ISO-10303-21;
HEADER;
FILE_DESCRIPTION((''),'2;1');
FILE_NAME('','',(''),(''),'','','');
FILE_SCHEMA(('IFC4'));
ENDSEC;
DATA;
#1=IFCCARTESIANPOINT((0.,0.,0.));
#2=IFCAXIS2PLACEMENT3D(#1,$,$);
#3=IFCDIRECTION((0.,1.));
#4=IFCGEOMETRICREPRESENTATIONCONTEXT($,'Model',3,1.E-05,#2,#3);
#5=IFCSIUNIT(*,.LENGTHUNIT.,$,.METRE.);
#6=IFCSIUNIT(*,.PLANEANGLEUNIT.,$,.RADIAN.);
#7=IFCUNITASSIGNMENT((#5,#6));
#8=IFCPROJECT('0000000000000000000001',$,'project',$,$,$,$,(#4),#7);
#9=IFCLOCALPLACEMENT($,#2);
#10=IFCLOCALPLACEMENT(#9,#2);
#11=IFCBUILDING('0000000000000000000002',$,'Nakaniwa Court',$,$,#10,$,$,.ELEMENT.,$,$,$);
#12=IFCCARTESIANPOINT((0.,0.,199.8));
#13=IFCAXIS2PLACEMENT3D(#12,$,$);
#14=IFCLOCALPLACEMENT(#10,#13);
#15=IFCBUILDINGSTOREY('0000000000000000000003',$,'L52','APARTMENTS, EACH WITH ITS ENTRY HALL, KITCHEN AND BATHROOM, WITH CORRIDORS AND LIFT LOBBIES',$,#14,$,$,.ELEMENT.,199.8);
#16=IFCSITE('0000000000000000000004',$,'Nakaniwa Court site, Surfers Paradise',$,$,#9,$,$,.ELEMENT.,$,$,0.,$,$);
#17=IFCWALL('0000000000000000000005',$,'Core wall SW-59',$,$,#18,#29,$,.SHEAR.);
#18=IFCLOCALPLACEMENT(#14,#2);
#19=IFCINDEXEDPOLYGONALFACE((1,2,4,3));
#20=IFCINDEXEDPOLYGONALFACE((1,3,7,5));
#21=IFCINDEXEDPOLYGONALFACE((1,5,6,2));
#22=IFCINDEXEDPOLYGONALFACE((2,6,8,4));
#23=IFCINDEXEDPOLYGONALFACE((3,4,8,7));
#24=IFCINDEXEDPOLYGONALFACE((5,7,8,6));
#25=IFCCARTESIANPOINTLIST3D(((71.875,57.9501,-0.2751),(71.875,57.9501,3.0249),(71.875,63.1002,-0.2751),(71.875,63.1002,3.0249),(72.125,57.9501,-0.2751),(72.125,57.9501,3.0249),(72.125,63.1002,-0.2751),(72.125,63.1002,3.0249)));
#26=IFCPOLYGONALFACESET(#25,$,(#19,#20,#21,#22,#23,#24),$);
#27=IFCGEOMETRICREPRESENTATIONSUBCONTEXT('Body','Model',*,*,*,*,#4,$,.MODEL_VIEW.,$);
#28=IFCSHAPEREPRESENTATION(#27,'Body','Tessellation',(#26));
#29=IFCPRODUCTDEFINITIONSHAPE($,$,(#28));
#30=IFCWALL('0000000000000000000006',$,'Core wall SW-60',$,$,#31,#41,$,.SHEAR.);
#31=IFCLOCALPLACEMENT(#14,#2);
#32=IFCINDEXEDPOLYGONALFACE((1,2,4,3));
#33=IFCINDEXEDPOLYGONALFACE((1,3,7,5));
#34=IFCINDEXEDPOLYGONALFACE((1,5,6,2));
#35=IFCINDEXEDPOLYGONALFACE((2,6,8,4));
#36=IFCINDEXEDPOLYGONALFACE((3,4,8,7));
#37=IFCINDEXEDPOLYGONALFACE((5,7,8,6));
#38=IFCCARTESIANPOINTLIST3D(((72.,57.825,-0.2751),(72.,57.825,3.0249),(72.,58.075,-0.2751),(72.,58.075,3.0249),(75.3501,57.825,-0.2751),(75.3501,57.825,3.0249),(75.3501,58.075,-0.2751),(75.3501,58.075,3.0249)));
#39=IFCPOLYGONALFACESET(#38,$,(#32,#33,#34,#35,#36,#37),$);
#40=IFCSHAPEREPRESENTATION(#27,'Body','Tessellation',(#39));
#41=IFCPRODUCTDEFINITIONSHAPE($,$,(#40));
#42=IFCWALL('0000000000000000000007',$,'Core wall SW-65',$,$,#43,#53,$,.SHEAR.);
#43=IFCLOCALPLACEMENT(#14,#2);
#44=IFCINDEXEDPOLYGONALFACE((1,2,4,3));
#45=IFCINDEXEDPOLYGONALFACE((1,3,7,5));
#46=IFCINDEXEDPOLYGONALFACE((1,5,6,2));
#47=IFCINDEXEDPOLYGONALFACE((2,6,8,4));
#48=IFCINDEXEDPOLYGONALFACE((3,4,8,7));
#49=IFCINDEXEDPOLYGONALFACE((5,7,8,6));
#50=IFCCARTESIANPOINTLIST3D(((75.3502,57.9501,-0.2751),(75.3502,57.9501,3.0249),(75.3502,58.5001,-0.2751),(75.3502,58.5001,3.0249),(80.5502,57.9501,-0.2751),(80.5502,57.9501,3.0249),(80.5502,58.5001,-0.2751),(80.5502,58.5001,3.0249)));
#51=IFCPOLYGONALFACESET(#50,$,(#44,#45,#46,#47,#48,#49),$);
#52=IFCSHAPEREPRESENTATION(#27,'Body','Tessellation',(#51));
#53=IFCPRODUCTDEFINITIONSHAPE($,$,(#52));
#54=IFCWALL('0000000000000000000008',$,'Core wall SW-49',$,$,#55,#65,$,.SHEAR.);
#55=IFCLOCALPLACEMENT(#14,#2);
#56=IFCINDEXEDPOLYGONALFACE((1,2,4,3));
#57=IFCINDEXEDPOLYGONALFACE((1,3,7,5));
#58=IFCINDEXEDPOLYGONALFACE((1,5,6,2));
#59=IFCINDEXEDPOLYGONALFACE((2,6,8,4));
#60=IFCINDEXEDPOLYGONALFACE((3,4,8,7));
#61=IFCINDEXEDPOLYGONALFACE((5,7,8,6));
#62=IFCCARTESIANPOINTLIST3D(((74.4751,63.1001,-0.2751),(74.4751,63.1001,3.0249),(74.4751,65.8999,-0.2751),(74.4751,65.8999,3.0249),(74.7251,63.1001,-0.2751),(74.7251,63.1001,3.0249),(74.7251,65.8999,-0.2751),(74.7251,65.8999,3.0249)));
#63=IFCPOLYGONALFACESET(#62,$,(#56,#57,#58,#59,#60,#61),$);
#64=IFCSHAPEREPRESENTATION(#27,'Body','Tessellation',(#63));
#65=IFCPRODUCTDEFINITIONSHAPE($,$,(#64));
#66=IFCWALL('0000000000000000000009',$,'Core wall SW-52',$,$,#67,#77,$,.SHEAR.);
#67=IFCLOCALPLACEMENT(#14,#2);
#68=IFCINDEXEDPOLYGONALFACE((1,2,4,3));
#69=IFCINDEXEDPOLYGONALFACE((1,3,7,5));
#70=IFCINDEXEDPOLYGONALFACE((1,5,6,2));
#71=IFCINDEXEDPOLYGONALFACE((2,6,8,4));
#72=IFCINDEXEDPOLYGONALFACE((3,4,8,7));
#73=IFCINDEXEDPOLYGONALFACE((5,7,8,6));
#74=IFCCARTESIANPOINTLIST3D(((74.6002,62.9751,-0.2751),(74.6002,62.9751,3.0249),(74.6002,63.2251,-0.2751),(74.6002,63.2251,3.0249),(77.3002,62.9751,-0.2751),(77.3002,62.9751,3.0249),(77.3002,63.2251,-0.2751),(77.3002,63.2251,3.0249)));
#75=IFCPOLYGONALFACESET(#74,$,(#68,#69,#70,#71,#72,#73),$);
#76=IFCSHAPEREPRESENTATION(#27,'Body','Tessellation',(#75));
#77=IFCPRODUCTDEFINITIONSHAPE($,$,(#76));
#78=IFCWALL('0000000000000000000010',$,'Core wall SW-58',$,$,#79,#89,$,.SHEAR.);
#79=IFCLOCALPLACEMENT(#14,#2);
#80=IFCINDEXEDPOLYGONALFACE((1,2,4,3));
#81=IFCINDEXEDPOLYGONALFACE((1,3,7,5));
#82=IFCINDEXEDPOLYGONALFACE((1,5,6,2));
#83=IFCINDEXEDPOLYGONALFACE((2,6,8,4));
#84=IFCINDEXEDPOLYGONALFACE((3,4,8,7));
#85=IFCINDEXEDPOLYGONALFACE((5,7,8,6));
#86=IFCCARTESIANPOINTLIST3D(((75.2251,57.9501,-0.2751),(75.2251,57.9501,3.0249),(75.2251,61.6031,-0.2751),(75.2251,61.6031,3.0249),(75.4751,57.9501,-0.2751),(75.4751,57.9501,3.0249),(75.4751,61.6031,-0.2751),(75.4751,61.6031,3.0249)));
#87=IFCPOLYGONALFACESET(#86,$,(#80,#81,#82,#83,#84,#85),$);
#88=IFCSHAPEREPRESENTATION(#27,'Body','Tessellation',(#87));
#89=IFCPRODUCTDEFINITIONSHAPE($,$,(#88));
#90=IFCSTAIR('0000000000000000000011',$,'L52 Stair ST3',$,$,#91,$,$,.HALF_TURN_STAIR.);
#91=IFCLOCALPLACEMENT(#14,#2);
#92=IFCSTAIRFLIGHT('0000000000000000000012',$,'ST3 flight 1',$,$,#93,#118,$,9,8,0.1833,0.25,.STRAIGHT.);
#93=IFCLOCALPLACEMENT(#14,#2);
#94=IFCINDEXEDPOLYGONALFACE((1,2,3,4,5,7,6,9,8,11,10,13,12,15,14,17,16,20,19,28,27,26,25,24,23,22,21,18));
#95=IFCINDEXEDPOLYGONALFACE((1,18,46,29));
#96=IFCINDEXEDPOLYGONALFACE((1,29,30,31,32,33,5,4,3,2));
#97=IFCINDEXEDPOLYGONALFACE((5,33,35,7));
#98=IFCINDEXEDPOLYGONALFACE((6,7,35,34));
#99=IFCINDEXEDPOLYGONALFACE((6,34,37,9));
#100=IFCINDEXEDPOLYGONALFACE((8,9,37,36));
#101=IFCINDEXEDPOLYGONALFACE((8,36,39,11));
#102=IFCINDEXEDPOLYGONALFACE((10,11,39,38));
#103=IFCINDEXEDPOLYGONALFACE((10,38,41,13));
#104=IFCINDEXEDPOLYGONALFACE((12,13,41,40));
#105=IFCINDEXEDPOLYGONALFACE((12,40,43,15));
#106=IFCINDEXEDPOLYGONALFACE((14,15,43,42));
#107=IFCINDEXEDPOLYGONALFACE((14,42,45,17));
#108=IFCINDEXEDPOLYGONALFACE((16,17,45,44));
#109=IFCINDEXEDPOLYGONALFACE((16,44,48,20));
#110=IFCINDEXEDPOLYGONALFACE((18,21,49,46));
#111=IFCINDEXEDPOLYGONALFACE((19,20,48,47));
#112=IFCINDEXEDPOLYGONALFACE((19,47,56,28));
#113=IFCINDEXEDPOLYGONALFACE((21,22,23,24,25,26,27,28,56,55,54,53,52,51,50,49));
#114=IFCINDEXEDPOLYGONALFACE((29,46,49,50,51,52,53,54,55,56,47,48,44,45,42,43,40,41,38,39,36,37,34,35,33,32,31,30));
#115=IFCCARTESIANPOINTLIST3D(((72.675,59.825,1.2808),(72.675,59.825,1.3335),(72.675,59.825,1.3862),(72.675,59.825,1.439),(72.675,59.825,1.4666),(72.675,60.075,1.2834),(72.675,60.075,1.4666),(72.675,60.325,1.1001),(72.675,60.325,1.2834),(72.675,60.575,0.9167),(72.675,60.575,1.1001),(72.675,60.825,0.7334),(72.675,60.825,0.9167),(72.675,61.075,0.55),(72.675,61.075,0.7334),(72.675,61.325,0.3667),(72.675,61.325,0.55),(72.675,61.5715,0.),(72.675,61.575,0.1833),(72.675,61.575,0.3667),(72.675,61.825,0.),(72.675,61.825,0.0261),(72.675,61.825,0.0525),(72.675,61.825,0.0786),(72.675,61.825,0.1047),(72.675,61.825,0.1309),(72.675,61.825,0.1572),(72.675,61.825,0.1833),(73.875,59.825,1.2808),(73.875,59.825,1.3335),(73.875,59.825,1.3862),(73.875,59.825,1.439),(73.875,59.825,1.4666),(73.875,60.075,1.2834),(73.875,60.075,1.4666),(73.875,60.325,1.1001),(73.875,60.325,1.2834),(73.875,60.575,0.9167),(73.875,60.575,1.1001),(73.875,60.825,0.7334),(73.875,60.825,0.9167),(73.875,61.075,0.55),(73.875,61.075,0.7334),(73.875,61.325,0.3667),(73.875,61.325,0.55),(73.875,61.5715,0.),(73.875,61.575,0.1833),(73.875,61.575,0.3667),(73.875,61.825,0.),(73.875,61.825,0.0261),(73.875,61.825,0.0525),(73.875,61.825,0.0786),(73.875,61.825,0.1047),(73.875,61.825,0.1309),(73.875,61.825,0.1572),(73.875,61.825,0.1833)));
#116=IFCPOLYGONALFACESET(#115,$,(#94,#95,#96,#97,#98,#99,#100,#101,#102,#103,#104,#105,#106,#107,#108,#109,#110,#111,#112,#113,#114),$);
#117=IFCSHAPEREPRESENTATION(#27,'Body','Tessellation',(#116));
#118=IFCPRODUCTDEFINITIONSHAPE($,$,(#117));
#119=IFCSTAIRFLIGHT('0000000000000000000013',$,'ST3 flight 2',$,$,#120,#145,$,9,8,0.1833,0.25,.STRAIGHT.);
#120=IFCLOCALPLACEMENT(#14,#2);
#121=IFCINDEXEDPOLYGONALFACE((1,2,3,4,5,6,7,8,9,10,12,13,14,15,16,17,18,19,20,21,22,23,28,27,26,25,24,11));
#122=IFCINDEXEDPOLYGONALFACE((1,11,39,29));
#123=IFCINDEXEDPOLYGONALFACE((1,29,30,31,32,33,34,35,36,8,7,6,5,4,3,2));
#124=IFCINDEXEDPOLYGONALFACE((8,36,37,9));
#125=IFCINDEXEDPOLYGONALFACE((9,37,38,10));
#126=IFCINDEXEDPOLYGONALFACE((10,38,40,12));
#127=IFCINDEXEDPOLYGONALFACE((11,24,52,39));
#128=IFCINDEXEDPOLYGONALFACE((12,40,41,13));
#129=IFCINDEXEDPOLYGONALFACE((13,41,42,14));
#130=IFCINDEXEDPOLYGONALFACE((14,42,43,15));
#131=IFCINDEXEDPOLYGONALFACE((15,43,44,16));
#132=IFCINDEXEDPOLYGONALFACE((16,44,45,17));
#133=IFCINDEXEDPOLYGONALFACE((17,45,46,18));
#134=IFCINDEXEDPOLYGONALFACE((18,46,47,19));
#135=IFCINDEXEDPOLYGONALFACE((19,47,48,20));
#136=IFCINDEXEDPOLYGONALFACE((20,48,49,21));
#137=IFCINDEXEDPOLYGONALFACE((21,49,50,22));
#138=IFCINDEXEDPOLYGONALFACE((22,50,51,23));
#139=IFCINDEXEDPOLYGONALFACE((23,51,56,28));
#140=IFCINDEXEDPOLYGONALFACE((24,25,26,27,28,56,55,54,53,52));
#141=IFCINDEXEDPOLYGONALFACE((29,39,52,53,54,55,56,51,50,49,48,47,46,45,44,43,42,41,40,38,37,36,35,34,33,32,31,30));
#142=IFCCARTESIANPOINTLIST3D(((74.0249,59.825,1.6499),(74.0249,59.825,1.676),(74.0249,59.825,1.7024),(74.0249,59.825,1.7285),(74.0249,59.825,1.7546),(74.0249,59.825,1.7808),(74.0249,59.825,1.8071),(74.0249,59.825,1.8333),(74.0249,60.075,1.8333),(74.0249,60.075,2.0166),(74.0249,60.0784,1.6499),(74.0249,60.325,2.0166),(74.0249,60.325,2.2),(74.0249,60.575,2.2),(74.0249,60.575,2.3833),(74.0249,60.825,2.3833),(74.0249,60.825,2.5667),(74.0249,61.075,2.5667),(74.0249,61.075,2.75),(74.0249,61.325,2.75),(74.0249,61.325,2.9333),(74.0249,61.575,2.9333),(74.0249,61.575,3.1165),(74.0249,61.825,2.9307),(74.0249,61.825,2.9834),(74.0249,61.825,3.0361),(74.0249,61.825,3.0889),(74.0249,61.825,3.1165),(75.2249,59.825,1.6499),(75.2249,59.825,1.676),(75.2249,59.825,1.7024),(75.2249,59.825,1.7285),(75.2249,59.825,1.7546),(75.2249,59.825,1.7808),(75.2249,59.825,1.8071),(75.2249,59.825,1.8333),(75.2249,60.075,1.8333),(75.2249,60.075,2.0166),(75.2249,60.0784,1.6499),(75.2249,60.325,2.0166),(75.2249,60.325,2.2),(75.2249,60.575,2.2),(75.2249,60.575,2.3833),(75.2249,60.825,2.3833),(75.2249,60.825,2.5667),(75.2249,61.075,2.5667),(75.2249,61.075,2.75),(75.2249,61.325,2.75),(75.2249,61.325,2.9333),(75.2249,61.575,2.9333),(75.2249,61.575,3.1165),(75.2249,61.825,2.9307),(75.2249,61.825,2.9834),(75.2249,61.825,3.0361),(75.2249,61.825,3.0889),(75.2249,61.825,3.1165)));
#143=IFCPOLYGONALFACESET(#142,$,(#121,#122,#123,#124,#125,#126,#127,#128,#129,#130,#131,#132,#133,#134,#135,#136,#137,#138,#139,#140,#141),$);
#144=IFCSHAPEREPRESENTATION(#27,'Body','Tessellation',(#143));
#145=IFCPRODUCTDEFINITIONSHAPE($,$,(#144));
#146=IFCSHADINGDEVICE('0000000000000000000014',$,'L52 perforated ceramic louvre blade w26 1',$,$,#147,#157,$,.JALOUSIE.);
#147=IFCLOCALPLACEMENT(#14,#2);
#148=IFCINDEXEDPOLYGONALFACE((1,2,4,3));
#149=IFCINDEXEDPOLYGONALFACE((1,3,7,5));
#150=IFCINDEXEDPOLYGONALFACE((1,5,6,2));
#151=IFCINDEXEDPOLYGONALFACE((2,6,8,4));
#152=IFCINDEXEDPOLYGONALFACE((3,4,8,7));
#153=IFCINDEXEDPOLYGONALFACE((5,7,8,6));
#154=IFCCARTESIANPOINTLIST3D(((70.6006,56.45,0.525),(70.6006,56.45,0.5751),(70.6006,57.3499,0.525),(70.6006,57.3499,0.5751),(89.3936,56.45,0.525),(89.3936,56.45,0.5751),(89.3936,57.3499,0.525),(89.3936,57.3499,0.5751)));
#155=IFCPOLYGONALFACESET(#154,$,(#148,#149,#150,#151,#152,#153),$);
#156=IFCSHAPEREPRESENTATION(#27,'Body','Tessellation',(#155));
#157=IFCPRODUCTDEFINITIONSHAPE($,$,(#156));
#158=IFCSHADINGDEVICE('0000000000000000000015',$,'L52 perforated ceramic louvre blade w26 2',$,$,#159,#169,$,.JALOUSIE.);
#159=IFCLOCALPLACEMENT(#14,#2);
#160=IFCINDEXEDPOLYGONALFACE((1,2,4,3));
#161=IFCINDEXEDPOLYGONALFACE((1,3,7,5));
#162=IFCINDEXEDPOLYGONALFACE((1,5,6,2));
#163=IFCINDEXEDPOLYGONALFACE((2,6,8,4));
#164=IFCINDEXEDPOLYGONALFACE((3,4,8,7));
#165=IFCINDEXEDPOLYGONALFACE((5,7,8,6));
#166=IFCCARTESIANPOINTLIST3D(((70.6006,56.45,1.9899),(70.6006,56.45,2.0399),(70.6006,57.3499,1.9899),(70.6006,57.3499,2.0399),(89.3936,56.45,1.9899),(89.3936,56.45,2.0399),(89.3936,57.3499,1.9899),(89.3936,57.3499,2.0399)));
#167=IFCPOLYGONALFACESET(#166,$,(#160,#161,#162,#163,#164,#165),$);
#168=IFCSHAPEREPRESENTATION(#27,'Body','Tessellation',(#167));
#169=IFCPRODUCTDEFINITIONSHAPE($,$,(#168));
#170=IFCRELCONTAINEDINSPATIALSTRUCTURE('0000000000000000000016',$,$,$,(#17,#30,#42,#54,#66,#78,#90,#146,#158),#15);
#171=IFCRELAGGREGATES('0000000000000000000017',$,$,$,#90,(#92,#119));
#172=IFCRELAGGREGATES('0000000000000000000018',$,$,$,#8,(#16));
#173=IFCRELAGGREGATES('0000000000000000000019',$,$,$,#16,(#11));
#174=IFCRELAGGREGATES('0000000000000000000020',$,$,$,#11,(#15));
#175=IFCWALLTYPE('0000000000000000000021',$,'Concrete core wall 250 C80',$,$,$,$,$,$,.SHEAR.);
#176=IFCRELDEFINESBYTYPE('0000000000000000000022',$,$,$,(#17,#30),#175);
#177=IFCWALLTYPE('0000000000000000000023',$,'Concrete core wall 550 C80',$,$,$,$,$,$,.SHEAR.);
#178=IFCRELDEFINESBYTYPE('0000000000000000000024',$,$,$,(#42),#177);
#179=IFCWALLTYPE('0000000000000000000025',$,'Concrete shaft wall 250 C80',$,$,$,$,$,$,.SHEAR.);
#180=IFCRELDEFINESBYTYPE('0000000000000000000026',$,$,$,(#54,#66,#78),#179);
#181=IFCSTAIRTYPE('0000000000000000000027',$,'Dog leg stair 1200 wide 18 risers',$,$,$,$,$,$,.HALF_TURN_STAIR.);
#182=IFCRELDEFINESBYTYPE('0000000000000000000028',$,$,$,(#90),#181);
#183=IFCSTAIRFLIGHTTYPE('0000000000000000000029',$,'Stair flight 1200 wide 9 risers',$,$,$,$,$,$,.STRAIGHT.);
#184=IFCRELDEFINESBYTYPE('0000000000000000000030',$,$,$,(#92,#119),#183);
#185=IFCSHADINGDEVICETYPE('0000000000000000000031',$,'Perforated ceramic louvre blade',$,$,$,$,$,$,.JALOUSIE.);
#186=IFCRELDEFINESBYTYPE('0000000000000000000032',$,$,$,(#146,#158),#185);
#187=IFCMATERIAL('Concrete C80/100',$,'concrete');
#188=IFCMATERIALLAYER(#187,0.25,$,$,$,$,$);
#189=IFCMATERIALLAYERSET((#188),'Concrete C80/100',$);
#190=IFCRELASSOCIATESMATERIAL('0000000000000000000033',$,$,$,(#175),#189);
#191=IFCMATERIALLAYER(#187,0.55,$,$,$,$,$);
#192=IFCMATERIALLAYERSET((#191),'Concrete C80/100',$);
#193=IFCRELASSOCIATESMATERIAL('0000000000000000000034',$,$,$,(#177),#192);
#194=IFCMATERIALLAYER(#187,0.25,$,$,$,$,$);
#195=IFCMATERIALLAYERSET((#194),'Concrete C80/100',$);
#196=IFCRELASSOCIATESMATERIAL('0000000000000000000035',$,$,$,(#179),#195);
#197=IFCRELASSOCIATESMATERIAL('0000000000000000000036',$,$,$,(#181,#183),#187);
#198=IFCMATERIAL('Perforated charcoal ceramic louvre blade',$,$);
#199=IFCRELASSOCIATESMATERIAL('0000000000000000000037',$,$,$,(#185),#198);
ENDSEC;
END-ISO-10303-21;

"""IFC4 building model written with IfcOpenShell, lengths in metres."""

from ifc_helpers import new_model, si_unit, direction, frame, frame_2d, origin, origin_2d, place, context, subcontext, project, spatial, polyline, rectangle, outline, extrude, material, layer, layer_set, material_profile, profile_set, type_object, element, aggregate, save


model = new_model("IFC4")

# Units and contexts
model_context = context("Model", 3, precision=1e-05, world=origin(), true_north=direction((0.0, 1.0)))
body_context = subcontext(model_context, "Body", "Model", "MODEL_VIEW")
ifc_project = project(units=[si_unit("LENGTHUNIT", "METRE"), si_unit("PLANEANGLEUNIT", "RADIAN")], contexts=[model_context])

# Site, building, storey
site_placement = place(None, origin())
site = spatial("IfcSite", under=ifc_project, at=site_placement, Name="Nakaniwa Court site, Surfers Paradise", CompositionType="ELEMENT", RefElevation=0.0)
building_placement = place(site_placement, origin())
building = spatial("IfcBuilding", under=site, at=building_placement, Name="Nakaniwa Court", CompositionType="ELEMENT")
storey_placement = place(building_placement, frame((0.0, 0.0, 199.8)))
storey = spatial("IfcBuildingStorey", under=building, at=storey_placement, Name="L52", Description="APARTMENTS, EACH WITH ITS ENTRY HALL, KITCHEN AND BATHROOM, WITH CORRIDORS AND LIFT LOBBIES", CompositionType="ELEMENT", Elevation=199.8)

# Shared definitions
ifc_material_1 = material(Name="Concrete C80/100", Category="concrete")

# Walls
ifc_layer_1 = layer(ifc_material_1, 0.25)
ifc_layer_set_1 = layer_set([ifc_layer_1], Name="Concrete C80/100")
wall_type_1 = type_object("IfcWallType", Name="Concrete core wall 250 C80", PredefinedType="SHEAR", material=ifc_layer_set_1)
wall_1_placement = place(storey_placement, frame((72.0, 57.95, -0.2751), z_axis=(0.0, 0.0, 1.0), x_axis=(0.0, 1.0, 0.0)))
element("IfcWall", 1, at=wall_1_placement, inside=storey, type_object=wall_type_1, Name="Core wall SW-59", PredefinedType="SHEAR", context=body_context, shape_type="SweptSolid", body=[
    extrude(rectangle(XDim=5.1501, YDim=0.25, at=frame_2d((2.5752, 0.0))), origin(), (0.0, 0.0, 1.0), 3.3),
])
wall_2_placement = place(storey_placement, frame((72.0, 57.95, -0.2751), z_axis=(0.0, 0.0, 1.0), x_axis=(1.0, 0.0, 0.0)))
element("IfcWall", 2, at=wall_2_placement, inside=storey, type_object=wall_type_1, Name="Core wall SW-60", PredefinedType="SHEAR", context=body_context, shape_type="SweptSolid", body=[
    extrude(rectangle(XDim=3.3501, YDim=0.25, at=frame_2d((1.675, 0.0))), origin(), (0.0, 0.0, 1.0), 3.3),
])
ifc_layer_2 = layer(ifc_material_1, 0.55)
ifc_layer_set_2 = layer_set([ifc_layer_2], Name="Concrete C80/100")
wall_type_2 = type_object("IfcWallType", Name="Concrete core wall 550 C80", PredefinedType="SHEAR", material=ifc_layer_set_2)
wall_3_placement = place(storey_placement, frame((75.3501, 58.2251, -0.2751), z_axis=(0.0, 0.0, 1.0), x_axis=(1.0, 0.0, 0.0)))
element("IfcWall", 3, at=wall_3_placement, inside=storey, type_object=wall_type_2, Name="Core wall SW-65", PredefinedType="SHEAR", context=body_context, shape_type="SweptSolid", body=[
    extrude(rectangle(XDim=5.2, YDim=0.55, at=frame_2d((2.6001, 0.0))), origin(), (0.0, 0.0, 1.0), 3.3),
])
ifc_layer_3 = layer(ifc_material_1, 0.25)
ifc_layer_set_3 = layer_set([ifc_layer_3], Name="Concrete C80/100")
wall_type_3 = type_object("IfcWallType", Name="Concrete shaft wall 250 C80", PredefinedType="SHEAR", material=ifc_layer_set_3)
wall_4_placement = place(storey_placement, frame((74.6001, 63.1001, -0.2751), z_axis=(0.0, 0.0, 1.0), x_axis=(0.0, 1.0, 0.0)))
element("IfcWall", 4, at=wall_4_placement, inside=storey, type_object=wall_type_3, Name="Core wall SW-49", PredefinedType="SHEAR", context=body_context, shape_type="SweptSolid", body=[
    extrude(rectangle(XDim=2.7998, YDim=0.25, at=frame_2d((1.3999, 0.0))), origin(), (0.0, 0.0, 1.0), 3.3),
])
wall_5_placement = place(storey_placement, frame((74.6001, 63.1001, -0.2751), z_axis=(0.0, 0.0, 1.0), x_axis=(1.0, 0.0, 0.0)))
element("IfcWall", 5, at=wall_5_placement, inside=storey, type_object=wall_type_3, Name="Core wall SW-52", PredefinedType="SHEAR", context=body_context, shape_type="SweptSolid", body=[
    extrude(rectangle(XDim=2.7, YDim=0.25, at=frame_2d((1.3501, 0.0))), origin(), (0.0, 0.0, 1.0), 3.3),
])
wall_6_placement = place(storey_placement, frame((75.3501, 57.95, -0.2751), z_axis=(0.0, 0.0, 1.0), x_axis=(0.0, 1.0, 0.0)))
element("IfcWall", 6, at=wall_6_placement, inside=storey, type_object=wall_type_3, Name="Core wall SW-58", PredefinedType="SHEAR", context=body_context, shape_type="SweptSolid", body=[
    extrude(rectangle(XDim=3.6531, YDim=0.25, at=frame_2d((1.8267, 0.0))), origin(), (0.0, 0.0, 1.0), 3.3),
])

# Stair, stair flights
stair_type = type_object("IfcStairType", Name="Dog leg stair 1200 wide 18 risers", PredefinedType="HALF_TURN_STAIR", material=ifc_material_1)
stair_placement = place(storey_placement, origin())
stair = element("IfcStair", 7, at=stair_placement, inside=storey, type_object=stair_type, Name="L52 Stair ST3", PredefinedType="HALF_TURN_STAIR")
stair_flight_type = type_object("IfcStairFlightType", Name="Stair flight 1200 wide 9 risers", PredefinedType="STRAIGHT", material=ifc_material_1)
stair_flight_1_placement = place(storey_placement, frame((73.2749, 61.825, 0.0), z_axis=(0.0, 0.0, 1.0), x_axis=(0.0, -1.0, 0.0)))
stair_flight_1 = element("IfcStairFlight", 8, at=stair_flight_1_placement, type_object=stair_flight_type, Name="ST3 flight 1", NumberOfRisers=9, NumberOfTreads=8, PredefinedType="STRAIGHT", RiserHeight=0.1833, TreadLength=0.25, context=body_context, shape_type="SweptSolid", body=[
    extrude(outline(polyline([(0.0, 0.0), (0.0, 0.0261), (0.0, 0.0525), (0.0, 0.0786), (0.0, 0.1047), (0.0, 0.1309), (0.0, 0.1572), (0.0, 0.1833), (0.25, 0.1833), (0.25, 0.3667), (0.5, 0.3667), (0.5, 0.55), (0.75, 0.55), (0.75, 0.7334), (1.0, 0.7334), (1.0, 0.9167), (1.25, 0.9167), (1.25, 1.1001), (1.5, 1.1001), (1.5, 1.2834), (1.75, 1.2834), (1.75, 1.4666), (2.0, 1.4666), (2.0, 1.6499), (2.0, 1.5972), (2.0, 1.5444), (2.0, 1.4917), (2.0, 1.439), (2.0, 1.3862), (2.0, 1.3335), (2.0, 1.2808), (0.2534, 0.0), (0.0, 0.0)])), frame((0.0, 0.6001, 0.0), z_axis=(0.0, -1.0, 0.0), x_axis=(1.0, 0.0, 0.0)), (0.0, 0.0, 1.0), 1.2),
])
stair_flight_2_placement = place(storey_placement, frame((74.625, 59.825, 1.6499), z_axis=(0.0, 0.0, 1.0), x_axis=(0.0, 1.0, 0.0)))
stair_flight_2 = element("IfcStairFlight", 9, at=stair_flight_2_placement, type_object=stair_flight_type, Name="ST3 flight 2", NumberOfRisers=9, NumberOfTreads=8, PredefinedType="STRAIGHT", RiserHeight=0.1833, TreadLength=0.25, context=body_context, shape_type="SweptSolid", body=[
    extrude(outline(polyline([(0.0, 0.0), (0.0, 0.0261), (0.0, 0.0525), (0.0, 0.0786), (0.0, 0.1047), (0.0, 0.1309), (0.0, 0.1572), (0.0, 0.1833), (0.25, 0.1833), (0.25, 0.3667), (0.5, 0.3667), (0.5, 0.55), (0.75, 0.55), (0.75, 0.7334), (1.0, 0.7334), (1.0, 0.9167), (1.25, 0.9167), (1.25, 1.1001), (1.5, 1.1001), (1.5, 1.2834), (1.75, 1.2834), (1.75, 1.4666), (2.0, 1.4666), (2.0, 1.6499), (2.0, 1.5972), (2.0, 1.5444), (2.0, 1.4917), (2.0, 1.439), (2.0, 1.3862), (2.0, 1.3335), (2.0, 1.2808), (0.2534, 0.0), (0.0, 0.0)])), frame((0.0, 0.6001, 0.0), z_axis=(0.0, -1.0, 0.0), x_axis=(1.0, 0.0, 0.0)), (0.0, 0.0, 1.0), 1.2),
])
aggregate(stair, [stair_flight_1, stair_flight_2])

# Shading devices
ifc_material_2 = material(Name="Perforated charcoal ceramic louvre blade")
ifc_material_profile_1 = material_profile(ifc_material_2, rectangle(XDim=0.8999, YDim=0.05, at=origin_2d()), Name="Perforated ceramic louvre blade")
ifc_profile_set_1 = profile_set([ifc_material_profile_1], Name="Perforated charcoal ceramic louvre blade")
shading_device_type = type_object("IfcShadingDeviceType", Name="Perforated ceramic louvre blade", PredefinedType="JALOUSIE", material=ifc_profile_set_1)
for number, where, z_axis, x_axis, name in (
    (10, (70.6006, 56.8999, 0.55), (1.0, 0.0, 0.0), (0.0, 1.0, 0.0), "L52 perforated ceramic louvre blade w26 1"),
    (11, (70.6006, 56.8999, 2.0149), (1.0, 0.0, 0.0), (0.0, 1.0, 0.0), "L52 perforated ceramic louvre blade w26 2"),
):
    element("IfcShadingDevice", number, at=place(storey_placement, frame(where, z_axis=z_axis, x_axis=x_axis)), inside=storey, type_object=shading_device_type, Name=name, PredefinedType="JALOUSIE", context=body_context, shape_type="SweptSolid", body=[
        extrude(rectangle(XDim=0.8999, YDim=0.05, at=origin_2d()), origin(), (0.0, 0.0, 1.0), 18.793),
    ])

save(model, "model.ifc")
